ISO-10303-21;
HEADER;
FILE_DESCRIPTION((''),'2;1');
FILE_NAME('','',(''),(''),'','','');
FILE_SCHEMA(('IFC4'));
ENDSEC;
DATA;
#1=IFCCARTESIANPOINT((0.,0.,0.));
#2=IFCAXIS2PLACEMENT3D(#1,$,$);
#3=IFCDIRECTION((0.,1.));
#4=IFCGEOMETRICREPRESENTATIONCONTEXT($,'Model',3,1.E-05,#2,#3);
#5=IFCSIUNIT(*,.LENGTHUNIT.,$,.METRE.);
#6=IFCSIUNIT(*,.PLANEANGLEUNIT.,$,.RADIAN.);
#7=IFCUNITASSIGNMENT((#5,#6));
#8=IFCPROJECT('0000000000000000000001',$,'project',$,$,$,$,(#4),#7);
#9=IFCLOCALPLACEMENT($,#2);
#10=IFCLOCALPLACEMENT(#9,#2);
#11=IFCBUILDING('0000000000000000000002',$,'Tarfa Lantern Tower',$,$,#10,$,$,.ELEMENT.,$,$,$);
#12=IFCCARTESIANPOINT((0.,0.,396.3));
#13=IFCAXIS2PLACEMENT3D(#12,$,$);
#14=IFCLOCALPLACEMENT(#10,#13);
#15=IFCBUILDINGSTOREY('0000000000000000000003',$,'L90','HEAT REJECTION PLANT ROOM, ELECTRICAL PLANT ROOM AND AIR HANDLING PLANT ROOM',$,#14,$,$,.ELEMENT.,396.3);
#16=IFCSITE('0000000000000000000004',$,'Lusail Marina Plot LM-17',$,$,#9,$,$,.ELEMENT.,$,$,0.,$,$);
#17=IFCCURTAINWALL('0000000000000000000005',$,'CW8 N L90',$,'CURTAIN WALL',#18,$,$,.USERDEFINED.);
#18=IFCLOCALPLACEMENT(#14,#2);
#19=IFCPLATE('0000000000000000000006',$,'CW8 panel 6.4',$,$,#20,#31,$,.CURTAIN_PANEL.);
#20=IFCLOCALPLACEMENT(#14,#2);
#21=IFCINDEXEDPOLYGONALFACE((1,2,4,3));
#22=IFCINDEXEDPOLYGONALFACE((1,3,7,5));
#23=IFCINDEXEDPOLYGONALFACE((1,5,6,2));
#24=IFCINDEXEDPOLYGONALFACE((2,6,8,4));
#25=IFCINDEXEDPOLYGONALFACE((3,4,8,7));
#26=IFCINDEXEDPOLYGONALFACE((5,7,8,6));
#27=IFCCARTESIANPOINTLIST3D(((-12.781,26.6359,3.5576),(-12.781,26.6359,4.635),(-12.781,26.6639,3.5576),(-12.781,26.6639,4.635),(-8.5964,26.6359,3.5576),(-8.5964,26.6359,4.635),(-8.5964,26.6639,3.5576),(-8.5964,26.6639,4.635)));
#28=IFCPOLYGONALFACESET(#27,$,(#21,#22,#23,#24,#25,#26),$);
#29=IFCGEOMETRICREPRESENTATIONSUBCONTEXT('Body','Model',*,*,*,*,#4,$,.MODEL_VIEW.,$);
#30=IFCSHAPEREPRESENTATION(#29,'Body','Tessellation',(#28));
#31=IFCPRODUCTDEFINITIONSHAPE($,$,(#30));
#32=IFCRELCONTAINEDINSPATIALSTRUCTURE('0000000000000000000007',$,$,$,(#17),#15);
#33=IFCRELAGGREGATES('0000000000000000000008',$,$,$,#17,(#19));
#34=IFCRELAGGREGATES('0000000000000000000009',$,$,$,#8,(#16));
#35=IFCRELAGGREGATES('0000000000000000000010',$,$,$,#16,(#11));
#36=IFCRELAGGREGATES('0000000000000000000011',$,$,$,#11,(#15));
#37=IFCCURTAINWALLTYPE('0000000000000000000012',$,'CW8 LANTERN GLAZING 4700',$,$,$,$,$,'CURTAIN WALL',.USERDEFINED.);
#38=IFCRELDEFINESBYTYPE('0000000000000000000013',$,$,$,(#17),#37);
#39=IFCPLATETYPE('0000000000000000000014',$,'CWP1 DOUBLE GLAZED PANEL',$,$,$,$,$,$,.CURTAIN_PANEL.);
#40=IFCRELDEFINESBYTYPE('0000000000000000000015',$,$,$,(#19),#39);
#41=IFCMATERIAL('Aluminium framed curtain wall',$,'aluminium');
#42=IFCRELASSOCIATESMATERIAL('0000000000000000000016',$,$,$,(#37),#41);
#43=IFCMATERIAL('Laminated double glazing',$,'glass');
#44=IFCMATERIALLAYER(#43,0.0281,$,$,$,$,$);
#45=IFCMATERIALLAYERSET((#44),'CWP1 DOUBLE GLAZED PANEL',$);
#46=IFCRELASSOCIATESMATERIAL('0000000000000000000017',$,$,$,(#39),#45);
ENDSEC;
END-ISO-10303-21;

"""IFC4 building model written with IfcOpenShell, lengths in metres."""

from ifc_helpers import new_model, si_unit, direction, frame, origin, origin_2d, place, context, subcontext, project, spatial, rectangle, extrude, material, layer, layer_set, type_object, element, aggregate, save


model = new_model("IFC4")

# Units and contexts
model_context = context("Model", 3, precision=1e-05, world=origin(), true_north=direction((0.0, 1.0)))
body_context = subcontext(model_context, "Body", "Model", "MODEL_VIEW")
ifc_project = project(units=[si_unit("LENGTHUNIT", "METRE"), si_unit("PLANEANGLEUNIT", "RADIAN")], contexts=[model_context])

# Site, building, storey
site_placement = place(None, origin())
site = spatial("IfcSite", under=ifc_project, at=site_placement, Name="Lusail Marina Plot LM-17", CompositionType="ELEMENT", RefElevation=0.0)
building_placement = place(site_placement, origin())
building = spatial("IfcBuilding", under=site, at=building_placement, Name="Tarfa Lantern Tower", CompositionType="ELEMENT")
storey_placement = place(building_placement, frame((0.0, 0.0, 396.3)))
storey = spatial("IfcBuildingStorey", under=building, at=storey_placement, Name="L90", Description="HEAT REJECTION PLANT ROOM, ELECTRICAL PLANT ROOM AND AIR HANDLING PLANT ROOM", CompositionType="ELEMENT", Elevation=396.3)

# Shared definitions
ifc_material_1 = material(Name="Aluminium framed curtain wall", Category="aluminium")
curtain_wall_type = type_object("IfcCurtainWallType", Name="CW8 LANTERN GLAZING 4700", ElementType="CURTAIN WALL", PredefinedType="USERDEFINED", material=ifc_material_1)

# Curtain wall
curtain_wall_1_placement = place(storey_placement, origin())
curtain_wall_1 = element("IfcCurtainWall", 1, at=curtain_wall_1_placement, inside=storey, type_object=curtain_wall_type, Name="CW8 N L90", ObjectType="CURTAIN WALL", PredefinedType="USERDEFINED")

# Plate
ifc_material_2 = material(Name="Laminated double glazing", Category="glass")
ifc_layer = layer(ifc_material_2, 0.0281)
ifc_layer_set = layer_set([ifc_layer], Name="CWP1 DOUBLE GLAZED PANEL")
plate_type = type_object("IfcPlateType", Name="CWP1 DOUBLE GLAZED PANEL", PredefinedType="CURTAIN_PANEL", material=ifc_layer_set)
plate_1_placement = place(storey_placement, frame((-10.6887, 26.6499, 3.5576), z_axis=(0.0, 0.0, 1.0), x_axis=(-1.0, 0.0, 0.0)))
plate_1 = element("IfcPlate", 2, at=plate_1_placement, type_object=plate_type, Name="CW8 panel 6.4", PredefinedType="CURTAIN_PANEL", context=body_context, shape_type="SweptSolid", body=[
    extrude(rectangle(XDim=4.1846, YDim=0.0281, at=origin_2d()), origin(), (0.0, 0.0, 1.0), 1.0774),
])
aggregate(curtain_wall_1, [plate_1])

save(model, "model.ifc")
